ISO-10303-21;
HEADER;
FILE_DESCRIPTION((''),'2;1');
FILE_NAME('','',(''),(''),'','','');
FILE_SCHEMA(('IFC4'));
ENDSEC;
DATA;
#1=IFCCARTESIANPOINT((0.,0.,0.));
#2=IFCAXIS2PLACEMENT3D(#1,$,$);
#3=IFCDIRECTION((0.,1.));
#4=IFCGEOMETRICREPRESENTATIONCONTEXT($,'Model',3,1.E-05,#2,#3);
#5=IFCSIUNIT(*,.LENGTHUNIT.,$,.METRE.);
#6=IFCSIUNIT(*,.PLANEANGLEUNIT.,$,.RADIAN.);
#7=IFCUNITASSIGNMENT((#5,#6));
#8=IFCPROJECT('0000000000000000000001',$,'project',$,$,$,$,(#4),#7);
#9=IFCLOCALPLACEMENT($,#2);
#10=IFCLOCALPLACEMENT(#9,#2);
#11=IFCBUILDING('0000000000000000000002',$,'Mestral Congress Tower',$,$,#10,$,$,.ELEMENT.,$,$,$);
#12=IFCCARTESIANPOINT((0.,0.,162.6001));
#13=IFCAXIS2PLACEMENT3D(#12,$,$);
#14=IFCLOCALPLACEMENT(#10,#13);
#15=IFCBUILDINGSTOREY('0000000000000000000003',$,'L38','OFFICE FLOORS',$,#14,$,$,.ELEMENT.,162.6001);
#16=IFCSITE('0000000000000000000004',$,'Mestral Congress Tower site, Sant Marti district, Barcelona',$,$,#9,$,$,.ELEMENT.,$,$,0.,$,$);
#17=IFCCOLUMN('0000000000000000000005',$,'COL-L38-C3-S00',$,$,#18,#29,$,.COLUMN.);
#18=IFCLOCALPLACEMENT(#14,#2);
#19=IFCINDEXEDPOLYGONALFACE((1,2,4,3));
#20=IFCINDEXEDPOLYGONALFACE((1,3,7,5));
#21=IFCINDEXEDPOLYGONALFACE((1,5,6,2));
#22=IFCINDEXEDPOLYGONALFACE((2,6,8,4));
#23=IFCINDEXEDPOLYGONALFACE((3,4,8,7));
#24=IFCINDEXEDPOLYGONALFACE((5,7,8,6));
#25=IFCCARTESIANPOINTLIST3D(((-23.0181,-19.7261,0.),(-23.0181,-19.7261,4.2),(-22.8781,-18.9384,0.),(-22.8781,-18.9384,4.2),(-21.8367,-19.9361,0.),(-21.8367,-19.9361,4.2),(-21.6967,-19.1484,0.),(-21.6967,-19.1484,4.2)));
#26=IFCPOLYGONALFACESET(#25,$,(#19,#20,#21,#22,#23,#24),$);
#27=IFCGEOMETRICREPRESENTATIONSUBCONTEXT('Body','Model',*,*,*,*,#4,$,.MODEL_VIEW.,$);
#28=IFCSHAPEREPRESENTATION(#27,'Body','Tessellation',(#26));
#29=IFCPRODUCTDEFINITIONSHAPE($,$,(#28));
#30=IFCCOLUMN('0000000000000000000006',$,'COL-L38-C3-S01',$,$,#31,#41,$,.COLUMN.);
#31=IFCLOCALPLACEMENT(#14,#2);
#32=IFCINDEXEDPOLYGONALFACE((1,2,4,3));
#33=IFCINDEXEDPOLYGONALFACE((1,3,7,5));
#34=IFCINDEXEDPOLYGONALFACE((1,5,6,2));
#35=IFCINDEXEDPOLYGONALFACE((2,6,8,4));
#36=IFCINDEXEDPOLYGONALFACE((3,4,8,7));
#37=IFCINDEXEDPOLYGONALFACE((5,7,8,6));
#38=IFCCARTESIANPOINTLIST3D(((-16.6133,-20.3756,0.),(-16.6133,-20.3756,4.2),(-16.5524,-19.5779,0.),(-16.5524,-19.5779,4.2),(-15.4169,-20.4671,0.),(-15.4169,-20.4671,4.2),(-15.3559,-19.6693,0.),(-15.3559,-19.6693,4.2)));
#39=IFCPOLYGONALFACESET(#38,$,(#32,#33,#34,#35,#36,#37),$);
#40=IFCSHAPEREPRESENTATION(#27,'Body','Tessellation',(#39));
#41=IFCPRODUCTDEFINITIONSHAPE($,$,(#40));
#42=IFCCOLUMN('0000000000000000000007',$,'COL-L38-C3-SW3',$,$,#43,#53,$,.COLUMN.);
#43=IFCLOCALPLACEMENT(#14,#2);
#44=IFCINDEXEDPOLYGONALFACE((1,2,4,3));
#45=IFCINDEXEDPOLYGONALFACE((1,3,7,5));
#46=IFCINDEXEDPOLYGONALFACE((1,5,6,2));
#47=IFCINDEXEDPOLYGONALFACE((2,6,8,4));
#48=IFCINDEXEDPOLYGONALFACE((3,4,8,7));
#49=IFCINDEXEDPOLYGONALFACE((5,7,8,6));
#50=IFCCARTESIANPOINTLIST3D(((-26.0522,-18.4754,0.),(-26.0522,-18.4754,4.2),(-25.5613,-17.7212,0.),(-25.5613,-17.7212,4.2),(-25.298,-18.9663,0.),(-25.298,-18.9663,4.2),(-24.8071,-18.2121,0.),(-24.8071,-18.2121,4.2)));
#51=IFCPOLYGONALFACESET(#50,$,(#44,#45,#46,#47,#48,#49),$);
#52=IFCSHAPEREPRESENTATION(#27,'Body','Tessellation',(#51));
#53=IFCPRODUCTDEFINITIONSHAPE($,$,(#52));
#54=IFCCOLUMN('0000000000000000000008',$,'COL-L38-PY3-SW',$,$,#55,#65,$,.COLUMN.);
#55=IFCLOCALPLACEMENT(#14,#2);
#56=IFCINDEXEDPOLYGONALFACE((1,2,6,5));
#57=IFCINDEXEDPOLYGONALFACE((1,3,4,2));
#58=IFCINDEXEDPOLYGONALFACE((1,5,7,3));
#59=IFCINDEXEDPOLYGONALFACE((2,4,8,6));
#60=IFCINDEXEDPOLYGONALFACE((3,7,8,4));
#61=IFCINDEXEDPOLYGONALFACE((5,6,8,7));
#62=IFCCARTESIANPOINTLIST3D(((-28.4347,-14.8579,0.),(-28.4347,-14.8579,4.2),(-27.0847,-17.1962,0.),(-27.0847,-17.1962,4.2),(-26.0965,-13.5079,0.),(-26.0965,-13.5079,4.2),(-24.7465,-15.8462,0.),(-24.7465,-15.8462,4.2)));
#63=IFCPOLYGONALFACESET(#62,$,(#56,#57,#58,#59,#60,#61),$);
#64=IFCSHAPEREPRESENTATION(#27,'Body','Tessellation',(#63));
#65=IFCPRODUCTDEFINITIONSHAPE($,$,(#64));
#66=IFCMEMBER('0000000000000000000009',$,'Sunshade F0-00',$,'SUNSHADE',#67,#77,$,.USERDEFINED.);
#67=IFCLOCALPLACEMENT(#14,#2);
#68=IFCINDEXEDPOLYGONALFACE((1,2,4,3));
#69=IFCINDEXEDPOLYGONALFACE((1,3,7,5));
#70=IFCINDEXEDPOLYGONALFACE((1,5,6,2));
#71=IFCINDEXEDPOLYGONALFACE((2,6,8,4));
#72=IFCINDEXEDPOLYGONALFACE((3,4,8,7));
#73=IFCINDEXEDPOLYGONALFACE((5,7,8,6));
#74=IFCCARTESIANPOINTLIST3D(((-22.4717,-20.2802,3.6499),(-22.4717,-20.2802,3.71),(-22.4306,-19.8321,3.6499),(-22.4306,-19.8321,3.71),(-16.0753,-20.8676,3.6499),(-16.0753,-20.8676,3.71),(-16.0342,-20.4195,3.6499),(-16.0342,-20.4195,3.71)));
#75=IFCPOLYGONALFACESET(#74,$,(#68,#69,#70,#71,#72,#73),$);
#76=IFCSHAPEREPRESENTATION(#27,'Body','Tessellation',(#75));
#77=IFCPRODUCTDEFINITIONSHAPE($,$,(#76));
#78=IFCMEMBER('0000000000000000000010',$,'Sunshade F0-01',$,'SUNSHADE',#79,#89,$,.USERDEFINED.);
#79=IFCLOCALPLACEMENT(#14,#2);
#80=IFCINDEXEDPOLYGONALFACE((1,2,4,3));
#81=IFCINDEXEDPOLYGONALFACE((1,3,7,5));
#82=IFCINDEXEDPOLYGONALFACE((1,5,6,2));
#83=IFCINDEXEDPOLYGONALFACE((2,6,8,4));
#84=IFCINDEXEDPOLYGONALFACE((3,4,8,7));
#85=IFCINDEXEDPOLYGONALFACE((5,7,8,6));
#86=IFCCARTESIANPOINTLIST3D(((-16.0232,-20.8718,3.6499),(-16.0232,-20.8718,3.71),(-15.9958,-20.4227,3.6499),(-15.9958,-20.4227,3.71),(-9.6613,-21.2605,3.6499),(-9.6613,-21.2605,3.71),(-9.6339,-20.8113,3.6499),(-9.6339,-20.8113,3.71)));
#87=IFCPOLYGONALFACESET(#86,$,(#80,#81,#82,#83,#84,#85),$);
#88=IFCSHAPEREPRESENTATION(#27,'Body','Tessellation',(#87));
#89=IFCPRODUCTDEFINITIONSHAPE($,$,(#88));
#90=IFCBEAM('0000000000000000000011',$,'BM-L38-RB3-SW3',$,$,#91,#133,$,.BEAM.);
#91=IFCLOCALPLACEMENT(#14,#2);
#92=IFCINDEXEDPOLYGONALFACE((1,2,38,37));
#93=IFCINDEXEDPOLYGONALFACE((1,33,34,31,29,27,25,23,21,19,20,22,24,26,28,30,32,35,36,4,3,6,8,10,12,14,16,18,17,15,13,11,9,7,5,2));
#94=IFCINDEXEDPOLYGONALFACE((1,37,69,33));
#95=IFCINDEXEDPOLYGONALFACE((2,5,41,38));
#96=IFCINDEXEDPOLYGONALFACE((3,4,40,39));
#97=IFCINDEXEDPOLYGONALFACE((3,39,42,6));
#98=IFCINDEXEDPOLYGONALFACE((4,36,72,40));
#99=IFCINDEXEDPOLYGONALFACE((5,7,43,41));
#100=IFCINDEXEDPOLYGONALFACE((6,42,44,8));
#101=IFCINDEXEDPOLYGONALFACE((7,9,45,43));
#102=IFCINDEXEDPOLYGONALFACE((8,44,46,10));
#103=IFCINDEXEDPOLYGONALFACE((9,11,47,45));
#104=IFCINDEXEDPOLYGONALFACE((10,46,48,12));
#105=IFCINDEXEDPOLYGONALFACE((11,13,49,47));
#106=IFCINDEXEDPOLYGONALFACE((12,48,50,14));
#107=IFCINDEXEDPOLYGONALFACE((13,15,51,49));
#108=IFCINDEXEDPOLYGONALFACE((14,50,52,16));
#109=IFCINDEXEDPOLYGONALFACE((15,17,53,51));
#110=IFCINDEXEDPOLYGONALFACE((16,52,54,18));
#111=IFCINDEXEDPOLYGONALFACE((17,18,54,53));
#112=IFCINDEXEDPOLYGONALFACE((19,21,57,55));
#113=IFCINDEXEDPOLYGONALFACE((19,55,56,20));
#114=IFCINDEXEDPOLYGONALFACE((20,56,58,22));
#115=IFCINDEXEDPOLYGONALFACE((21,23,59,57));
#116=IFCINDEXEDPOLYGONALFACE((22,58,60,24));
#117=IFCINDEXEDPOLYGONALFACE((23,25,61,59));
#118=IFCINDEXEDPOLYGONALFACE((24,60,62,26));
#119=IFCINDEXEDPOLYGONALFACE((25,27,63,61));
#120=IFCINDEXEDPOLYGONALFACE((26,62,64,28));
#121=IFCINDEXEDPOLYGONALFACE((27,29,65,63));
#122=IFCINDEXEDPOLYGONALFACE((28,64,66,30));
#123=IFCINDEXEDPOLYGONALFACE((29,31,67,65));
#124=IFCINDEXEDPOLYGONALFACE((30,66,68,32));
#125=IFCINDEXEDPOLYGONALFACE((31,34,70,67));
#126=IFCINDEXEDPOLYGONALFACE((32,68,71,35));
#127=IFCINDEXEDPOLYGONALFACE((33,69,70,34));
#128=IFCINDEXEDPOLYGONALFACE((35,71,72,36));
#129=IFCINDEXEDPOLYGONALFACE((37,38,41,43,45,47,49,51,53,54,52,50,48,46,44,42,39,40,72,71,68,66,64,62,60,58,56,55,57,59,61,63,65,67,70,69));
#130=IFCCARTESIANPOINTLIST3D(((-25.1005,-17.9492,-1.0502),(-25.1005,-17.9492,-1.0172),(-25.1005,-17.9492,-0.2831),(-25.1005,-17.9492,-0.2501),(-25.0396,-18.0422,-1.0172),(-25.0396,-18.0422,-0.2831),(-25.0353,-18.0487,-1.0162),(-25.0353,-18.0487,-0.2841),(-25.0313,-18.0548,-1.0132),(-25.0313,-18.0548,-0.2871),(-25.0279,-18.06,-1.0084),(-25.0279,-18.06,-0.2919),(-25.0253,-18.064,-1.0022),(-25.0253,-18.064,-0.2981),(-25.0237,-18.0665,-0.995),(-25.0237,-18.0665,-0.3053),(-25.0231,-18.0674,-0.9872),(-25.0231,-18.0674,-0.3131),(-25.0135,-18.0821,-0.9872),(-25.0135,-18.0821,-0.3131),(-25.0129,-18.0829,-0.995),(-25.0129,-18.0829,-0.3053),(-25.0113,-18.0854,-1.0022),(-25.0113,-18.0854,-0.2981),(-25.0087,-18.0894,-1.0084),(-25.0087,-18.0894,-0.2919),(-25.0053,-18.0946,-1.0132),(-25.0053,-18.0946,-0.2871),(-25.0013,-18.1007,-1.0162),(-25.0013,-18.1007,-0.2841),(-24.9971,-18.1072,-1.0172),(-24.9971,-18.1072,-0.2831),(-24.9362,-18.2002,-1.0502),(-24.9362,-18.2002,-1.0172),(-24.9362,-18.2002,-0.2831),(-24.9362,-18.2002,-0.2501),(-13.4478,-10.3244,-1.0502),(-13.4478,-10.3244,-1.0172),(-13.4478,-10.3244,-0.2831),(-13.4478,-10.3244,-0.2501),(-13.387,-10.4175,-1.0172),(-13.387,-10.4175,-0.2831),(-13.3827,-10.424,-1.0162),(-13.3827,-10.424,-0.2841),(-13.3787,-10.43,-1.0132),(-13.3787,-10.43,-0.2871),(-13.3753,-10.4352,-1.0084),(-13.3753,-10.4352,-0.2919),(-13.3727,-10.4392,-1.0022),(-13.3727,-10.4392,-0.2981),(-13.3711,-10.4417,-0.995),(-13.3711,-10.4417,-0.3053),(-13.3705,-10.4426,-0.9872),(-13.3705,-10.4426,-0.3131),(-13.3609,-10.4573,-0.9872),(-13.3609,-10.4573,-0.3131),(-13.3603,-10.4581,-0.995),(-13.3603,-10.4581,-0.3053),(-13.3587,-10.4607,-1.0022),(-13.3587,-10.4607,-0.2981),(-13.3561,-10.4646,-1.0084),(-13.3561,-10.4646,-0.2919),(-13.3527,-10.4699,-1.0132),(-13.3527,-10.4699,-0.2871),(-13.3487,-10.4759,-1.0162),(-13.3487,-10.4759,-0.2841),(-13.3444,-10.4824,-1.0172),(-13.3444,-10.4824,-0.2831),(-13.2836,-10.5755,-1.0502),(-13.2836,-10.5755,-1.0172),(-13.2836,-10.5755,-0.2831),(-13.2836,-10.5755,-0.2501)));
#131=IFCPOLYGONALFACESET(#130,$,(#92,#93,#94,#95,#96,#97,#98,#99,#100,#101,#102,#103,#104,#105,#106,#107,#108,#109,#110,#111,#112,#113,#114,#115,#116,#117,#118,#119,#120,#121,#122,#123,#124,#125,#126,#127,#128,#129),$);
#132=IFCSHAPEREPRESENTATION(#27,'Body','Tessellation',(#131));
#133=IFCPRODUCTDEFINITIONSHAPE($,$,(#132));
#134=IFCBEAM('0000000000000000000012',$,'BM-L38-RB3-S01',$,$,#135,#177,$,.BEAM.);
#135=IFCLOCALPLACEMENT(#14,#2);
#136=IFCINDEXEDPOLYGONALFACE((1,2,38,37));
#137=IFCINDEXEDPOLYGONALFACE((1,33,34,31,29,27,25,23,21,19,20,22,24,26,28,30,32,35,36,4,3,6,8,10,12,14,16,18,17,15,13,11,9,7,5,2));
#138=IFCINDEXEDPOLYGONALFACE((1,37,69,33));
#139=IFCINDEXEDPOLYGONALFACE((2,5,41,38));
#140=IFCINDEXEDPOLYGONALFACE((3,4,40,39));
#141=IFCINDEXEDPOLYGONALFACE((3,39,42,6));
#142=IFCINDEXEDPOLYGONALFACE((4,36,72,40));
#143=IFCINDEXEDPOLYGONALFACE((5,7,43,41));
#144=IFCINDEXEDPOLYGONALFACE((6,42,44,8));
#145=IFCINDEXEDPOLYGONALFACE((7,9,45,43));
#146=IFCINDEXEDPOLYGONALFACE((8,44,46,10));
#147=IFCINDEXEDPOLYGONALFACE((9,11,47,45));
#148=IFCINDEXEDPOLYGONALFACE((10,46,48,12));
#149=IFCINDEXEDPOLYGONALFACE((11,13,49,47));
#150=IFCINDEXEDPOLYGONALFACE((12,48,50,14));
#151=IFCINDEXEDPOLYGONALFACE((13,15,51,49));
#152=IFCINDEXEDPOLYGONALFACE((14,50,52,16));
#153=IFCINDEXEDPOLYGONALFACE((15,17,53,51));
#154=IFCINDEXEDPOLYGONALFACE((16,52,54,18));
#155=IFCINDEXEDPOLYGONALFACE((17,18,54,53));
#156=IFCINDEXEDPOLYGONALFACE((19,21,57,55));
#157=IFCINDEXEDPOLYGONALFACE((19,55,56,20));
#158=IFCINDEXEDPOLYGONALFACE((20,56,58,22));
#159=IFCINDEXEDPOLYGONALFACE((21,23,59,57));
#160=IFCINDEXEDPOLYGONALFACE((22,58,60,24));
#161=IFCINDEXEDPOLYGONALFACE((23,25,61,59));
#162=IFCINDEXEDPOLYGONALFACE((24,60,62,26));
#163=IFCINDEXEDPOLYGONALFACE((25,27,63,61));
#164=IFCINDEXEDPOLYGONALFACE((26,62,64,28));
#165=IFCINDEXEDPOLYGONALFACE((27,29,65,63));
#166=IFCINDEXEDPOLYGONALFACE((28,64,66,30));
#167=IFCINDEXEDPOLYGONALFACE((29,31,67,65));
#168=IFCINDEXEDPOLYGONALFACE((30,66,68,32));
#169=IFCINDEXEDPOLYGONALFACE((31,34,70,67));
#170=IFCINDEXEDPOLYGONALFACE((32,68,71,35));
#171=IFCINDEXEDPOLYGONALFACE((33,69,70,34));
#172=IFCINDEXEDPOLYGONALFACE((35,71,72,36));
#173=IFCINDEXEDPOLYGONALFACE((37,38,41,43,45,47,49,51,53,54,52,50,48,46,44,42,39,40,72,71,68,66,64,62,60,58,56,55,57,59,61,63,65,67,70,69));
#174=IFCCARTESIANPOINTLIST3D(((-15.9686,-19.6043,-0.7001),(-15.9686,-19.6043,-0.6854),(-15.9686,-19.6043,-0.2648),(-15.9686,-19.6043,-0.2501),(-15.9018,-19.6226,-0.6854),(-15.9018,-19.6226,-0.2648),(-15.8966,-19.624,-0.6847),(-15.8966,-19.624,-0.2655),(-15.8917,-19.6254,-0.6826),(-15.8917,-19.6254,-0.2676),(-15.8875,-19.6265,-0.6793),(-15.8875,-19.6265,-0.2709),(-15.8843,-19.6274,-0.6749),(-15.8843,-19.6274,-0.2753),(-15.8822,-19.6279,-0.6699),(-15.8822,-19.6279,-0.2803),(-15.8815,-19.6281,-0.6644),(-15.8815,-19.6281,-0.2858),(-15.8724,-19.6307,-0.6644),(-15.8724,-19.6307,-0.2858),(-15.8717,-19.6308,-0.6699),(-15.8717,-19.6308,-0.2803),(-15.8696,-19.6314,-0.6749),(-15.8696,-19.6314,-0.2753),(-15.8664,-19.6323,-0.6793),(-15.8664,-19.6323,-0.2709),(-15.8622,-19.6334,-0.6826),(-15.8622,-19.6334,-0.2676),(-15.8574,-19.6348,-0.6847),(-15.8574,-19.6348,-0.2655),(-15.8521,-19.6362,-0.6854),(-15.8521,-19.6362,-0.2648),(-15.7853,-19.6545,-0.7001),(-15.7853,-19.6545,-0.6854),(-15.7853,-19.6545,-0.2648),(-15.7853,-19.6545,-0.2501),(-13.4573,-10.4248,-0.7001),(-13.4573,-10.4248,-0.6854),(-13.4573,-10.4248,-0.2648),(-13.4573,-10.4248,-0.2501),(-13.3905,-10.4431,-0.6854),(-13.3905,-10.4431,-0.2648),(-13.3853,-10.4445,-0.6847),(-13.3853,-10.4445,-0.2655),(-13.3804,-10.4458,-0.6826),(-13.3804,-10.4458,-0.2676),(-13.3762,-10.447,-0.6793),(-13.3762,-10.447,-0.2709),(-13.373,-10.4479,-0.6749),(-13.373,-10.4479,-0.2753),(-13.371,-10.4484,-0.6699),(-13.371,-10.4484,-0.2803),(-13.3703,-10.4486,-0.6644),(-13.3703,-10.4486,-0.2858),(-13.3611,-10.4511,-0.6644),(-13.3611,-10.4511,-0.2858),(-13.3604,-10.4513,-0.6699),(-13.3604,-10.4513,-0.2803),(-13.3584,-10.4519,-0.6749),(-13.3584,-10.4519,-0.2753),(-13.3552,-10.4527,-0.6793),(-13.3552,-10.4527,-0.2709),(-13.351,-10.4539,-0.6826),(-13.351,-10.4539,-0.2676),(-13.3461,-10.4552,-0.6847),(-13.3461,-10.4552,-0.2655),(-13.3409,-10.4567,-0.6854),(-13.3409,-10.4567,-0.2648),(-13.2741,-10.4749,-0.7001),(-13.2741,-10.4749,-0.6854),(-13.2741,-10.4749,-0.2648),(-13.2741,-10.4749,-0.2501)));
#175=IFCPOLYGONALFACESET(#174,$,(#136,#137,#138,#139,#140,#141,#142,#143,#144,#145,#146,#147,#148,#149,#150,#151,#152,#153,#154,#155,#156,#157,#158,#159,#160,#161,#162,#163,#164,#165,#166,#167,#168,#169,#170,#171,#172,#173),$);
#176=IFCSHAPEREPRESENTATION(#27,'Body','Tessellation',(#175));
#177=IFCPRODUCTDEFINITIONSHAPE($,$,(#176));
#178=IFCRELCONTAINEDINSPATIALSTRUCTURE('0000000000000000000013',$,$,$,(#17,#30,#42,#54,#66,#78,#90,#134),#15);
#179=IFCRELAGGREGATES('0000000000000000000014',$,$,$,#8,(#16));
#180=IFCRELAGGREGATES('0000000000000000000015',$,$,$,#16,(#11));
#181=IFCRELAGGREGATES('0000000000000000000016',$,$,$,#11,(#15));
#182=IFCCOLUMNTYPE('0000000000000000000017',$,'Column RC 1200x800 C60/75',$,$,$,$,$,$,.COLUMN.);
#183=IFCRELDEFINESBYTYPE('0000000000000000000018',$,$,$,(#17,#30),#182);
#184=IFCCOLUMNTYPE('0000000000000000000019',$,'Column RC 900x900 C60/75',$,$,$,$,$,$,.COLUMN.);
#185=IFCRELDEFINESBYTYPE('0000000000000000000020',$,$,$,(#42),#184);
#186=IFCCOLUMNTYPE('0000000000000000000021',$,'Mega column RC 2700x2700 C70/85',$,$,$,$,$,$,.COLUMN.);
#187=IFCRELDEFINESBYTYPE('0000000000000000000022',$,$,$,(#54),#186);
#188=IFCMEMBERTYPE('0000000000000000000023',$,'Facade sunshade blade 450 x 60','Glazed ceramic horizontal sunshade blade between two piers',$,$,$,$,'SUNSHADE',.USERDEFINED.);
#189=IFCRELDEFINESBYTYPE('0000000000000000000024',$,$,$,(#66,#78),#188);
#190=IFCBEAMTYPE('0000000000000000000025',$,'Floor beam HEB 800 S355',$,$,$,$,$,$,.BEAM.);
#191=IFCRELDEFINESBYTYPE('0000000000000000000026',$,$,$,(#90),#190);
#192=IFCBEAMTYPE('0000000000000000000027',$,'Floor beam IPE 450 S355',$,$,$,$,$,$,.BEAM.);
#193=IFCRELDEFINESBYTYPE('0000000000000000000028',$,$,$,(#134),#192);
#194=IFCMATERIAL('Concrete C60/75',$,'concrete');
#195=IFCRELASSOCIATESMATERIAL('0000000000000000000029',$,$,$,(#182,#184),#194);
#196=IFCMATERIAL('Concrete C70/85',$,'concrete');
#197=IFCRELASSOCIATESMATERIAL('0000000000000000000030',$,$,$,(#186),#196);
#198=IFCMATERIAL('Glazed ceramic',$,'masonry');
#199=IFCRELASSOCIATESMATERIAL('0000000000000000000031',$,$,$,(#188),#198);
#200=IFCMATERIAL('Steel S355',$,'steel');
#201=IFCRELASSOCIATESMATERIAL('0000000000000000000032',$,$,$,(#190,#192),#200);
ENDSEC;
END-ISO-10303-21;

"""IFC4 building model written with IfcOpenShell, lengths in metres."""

from ifc_helpers import new_model, si_unit, direction, frame, origin, origin_2d, place, context, subcontext, project, spatial, rectangle, i_section, extrude, material, material_profile, profile_set, type_object, element, save


model = new_model("IFC4")

# Units and contexts
model_context = context("Model", 3, precision=1e-05, world=origin(), true_north=direction((0.0, 1.0)))
body_context = subcontext(model_context, "Body", "Model", "MODEL_VIEW")
ifc_project = project(units=[si_unit("LENGTHUNIT", "METRE"), si_unit("PLANEANGLEUNIT", "RADIAN")], contexts=[model_context])

# Site, building, storey
site_placement = place(None, origin())
site = spatial("IfcSite", under=ifc_project, at=site_placement, Name="Mestral Congress Tower site, Sant Marti district, Barcelona", CompositionType="ELEMENT", RefElevation=0.0)
building_placement = place(site_placement, origin())
building = spatial("IfcBuilding", under=site, at=building_placement, Name="Mestral Congress Tower", CompositionType="ELEMENT")
storey_placement = place(building_placement, frame((0.0, 0.0, 162.6001)))
storey = spatial("IfcBuildingStorey", under=building, at=storey_placement, Name="L38", Description="OFFICE FLOORS", CompositionType="ELEMENT", Elevation=162.6001)

# Columns
ifc_material_1 = material(Name="Concrete C60/75", Category="concrete")
ifc_material_profile_1 = material_profile(ifc_material_1, rectangle(XDim=1.2, YDim=0.8, at=origin_2d()), Name="RC 1200x800")
ifc_profile_set_1 = profile_set([ifc_material_profile_1], Name="Concrete C60/75")
column_type_1 = type_object("IfcColumnType", Name="Column RC 1200x800 C60/75", PredefinedType="COLUMN", material=ifc_profile_set_1)
for number, where, z_axis, x_axis, name in (
    (1, (-22.3574, -19.4373, 0.0), (0.0, 0.0, 1.0), (0.984571, -0.174985, 0.0), "COL-L38-C3-S00"),
    (2, (-15.9846, -20.0225, 0.0), (0.0, 0.0, 1.0), (0.99709, -0.076237, 0.0), "COL-L38-C3-S01"),
):
    element("IfcColumn", number, at=place(storey_placement, frame(where, z_axis=z_axis, x_axis=x_axis)), inside=storey, type_object=column_type_1, Name=name, PredefinedType="COLUMN", context=body_context, shape_type="SweptSolid", body=[
        extrude(rectangle(XDim=1.2, YDim=0.8, at=origin_2d()), origin(), (0.0, 0.0, 1.0), 4.2),
    ])
ifc_material_profile_2 = material_profile(ifc_material_1, rectangle(XDim=0.8999, YDim=0.8999, at=origin_2d()), Name="RC 900x900")
ifc_profile_set_2 = profile_set([ifc_material_profile_2], Name="Concrete C60/75")
column_type_2 = type_object("IfcColumnType", Name="Column RC 900x900 C60/75", PredefinedType="COLUMN", material=ifc_profile_set_2)
column_1_placement = place(storey_placement, frame((-25.4297, -18.3438, 0.0), z_axis=(0.0, 0.0, 1.0), x_axis=(0.838094, -0.545526, 0.0)))
element("IfcColumn", 3, at=column_1_placement, inside=storey, type_object=column_type_2, Name="COL-L38-C3-SW3", PredefinedType="COLUMN", context=body_context, shape_type="SweptSolid", body=[
    extrude(rectangle(XDim=0.8999, YDim=0.8999, at=origin_2d()), origin(), (0.0, 0.0, 1.0), 4.2),
])
ifc_material_2 = material(Name="Concrete C70/85", Category="concrete")
ifc_material_profile_3 = material_profile(ifc_material_2, rectangle(XDim=2.7, YDim=2.7, at=origin_2d()), Name="RC 2700x2700")
ifc_profile_set_3 = profile_set([ifc_material_profile_3], Name="Concrete C70/85")
column_type_3 = type_object("IfcColumnType", Name="Mega column RC 2700x2700 C70/85", PredefinedType="COLUMN", material=ifc_profile_set_3)
column_2_placement = place(storey_placement, frame((-26.5906, -15.3521, 0.0), z_axis=(0.0, 0.0, 1.0), x_axis=(-0.866025, -0.5, 0.0)))
element("IfcColumn", 4, at=column_2_placement, inside=storey, type_object=column_type_3, Name="COL-L38-PY3-SW", PredefinedType="COLUMN", context=body_context, shape_type="SweptSolid", body=[
    extrude(rectangle(XDim=2.7, YDim=2.7, at=origin_2d()), origin(), (0.0, 0.0, 1.0), 4.2),
])

# Members
ifc_material_3 = material(Name="Glazed ceramic", Category="masonry")
ifc_material_profile_4 = material_profile(ifc_material_3, rectangle(XDim=0.45, YDim=0.0601, at=origin_2d()), Name="Ceramic blade 450 x 60")
ifc_profile_set_4 = profile_set([ifc_material_profile_4], Name="Glazed ceramic")
member_type = type_object("IfcMemberType", Name="Facade sunshade blade 450 x 60", Description="Glazed ceramic horizontal sunshade blade between two piers", ElementType="SUNSHADE", PredefinedType="USERDEFINED", material=ifc_profile_set_4)
member_1_placement = place(storey_placement, frame((-22.4512, -20.0562, 3.6799), z_axis=(0.99581, -0.091447, 0.0), x_axis=(0.091447, 0.99581, 0.0)))
element("IfcMember", 5, at=member_1_placement, inside=storey, type_object=member_type, Name="Sunshade F0-00", ObjectType="SUNSHADE", PredefinedType="USERDEFINED", context=body_context, shape_type="SweptSolid", body=[
    extrude(rectangle(XDim=0.45, YDim=0.0601, at=origin_2d()), origin(), (0.0, 0.0, 1.0), 6.4233),
])
member_2_placement = place(storey_placement, frame((-16.0095, -20.6472, 3.6799), z_axis=(0.998139, -0.060981, 0.0), x_axis=(0.060981, 0.998139, 0.0)))
element("IfcMember", 6, at=member_2_placement, inside=storey, type_object=member_type, Name="Sunshade F0-01", ObjectType="SUNSHADE", PredefinedType="USERDEFINED", context=body_context, shape_type="SweptSolid", body=[
    extrude(rectangle(XDim=0.45, YDim=0.0601, at=origin_2d()), origin(), (0.0, 0.0, 1.0), 6.3738),
])

# Beams
ifc_material_4 = material(Name="Steel S355", Category="steel")
ifc_material_profile_5 = material_profile(ifc_material_4, i_section(OverallWidth=0.3, OverallDepth=0.8, WebThickness=0.0176, FlangeThickness=0.033, FilletRadius=0.03, at=origin_2d()), Name="HEB 800")
ifc_profile_set_5 = profile_set([ifc_material_profile_5], Name="Steel S355")
beam_type_1 = type_object("IfcBeamType", Name="Floor beam HEB 800 S355", PredefinedType="BEAM", material=ifc_profile_set_5)
beam_1_placement = place(storey_placement, frame((-25.0183, -18.0747, -0.6501), z_axis=(0.83678, 0.547539, 0.0), x_axis=(-0.547539, 0.83678, 0.0)))
element("IfcBeam", 7, at=beam_1_placement, inside=storey, type_object=beam_type_1, Name="BM-L38-RB3-SW3", PredefinedType="BEAM", context=body_context, shape_type="SweptSolid", body=[
    extrude(i_section(OverallWidth=0.3, OverallDepth=0.8, WebThickness=0.0176, FlangeThickness=0.033, FilletRadius=0.03, at=origin_2d()), origin(), (0.0, 0.0, 1.0), 13.9255),
])
ifc_material_profile_6 = material_profile(ifc_material_4, i_section(OverallWidth=0.1899, OverallDepth=0.45, WebThickness=0.0095, FlangeThickness=0.0146, FilletRadius=0.021, at=origin_2d()), Name="IPE 450")
ifc_profile_set_6 = profile_set([ifc_material_profile_6], Name="Steel S355")
beam_type_2 = type_object("IfcBeamType", Name="Floor beam IPE 450 S355", PredefinedType="BEAM", material=ifc_profile_set_6)
beam_2_placement = place(storey_placement, frame((-15.877, -19.6294, -0.4751), z_axis=(0.263875, 0.964557, 0.0), x_axis=(-0.964557, 0.263875, 0.0)))
element("IfcBeam", 8, at=beam_2_placement, inside=storey, type_object=beam_type_2, Name="BM-L38-RB3-S01", PredefinedType="BEAM", context=body_context, shape_type="SweptSolid", body=[
    extrude(i_section(OverallWidth=0.1899, OverallDepth=0.45, WebThickness=0.0095, FlangeThickness=0.0146, FilletRadius=0.021, at=origin_2d()), origin(), (0.0, 0.0, 1.0), 9.5168),
])

save(model, "model.ifc")
